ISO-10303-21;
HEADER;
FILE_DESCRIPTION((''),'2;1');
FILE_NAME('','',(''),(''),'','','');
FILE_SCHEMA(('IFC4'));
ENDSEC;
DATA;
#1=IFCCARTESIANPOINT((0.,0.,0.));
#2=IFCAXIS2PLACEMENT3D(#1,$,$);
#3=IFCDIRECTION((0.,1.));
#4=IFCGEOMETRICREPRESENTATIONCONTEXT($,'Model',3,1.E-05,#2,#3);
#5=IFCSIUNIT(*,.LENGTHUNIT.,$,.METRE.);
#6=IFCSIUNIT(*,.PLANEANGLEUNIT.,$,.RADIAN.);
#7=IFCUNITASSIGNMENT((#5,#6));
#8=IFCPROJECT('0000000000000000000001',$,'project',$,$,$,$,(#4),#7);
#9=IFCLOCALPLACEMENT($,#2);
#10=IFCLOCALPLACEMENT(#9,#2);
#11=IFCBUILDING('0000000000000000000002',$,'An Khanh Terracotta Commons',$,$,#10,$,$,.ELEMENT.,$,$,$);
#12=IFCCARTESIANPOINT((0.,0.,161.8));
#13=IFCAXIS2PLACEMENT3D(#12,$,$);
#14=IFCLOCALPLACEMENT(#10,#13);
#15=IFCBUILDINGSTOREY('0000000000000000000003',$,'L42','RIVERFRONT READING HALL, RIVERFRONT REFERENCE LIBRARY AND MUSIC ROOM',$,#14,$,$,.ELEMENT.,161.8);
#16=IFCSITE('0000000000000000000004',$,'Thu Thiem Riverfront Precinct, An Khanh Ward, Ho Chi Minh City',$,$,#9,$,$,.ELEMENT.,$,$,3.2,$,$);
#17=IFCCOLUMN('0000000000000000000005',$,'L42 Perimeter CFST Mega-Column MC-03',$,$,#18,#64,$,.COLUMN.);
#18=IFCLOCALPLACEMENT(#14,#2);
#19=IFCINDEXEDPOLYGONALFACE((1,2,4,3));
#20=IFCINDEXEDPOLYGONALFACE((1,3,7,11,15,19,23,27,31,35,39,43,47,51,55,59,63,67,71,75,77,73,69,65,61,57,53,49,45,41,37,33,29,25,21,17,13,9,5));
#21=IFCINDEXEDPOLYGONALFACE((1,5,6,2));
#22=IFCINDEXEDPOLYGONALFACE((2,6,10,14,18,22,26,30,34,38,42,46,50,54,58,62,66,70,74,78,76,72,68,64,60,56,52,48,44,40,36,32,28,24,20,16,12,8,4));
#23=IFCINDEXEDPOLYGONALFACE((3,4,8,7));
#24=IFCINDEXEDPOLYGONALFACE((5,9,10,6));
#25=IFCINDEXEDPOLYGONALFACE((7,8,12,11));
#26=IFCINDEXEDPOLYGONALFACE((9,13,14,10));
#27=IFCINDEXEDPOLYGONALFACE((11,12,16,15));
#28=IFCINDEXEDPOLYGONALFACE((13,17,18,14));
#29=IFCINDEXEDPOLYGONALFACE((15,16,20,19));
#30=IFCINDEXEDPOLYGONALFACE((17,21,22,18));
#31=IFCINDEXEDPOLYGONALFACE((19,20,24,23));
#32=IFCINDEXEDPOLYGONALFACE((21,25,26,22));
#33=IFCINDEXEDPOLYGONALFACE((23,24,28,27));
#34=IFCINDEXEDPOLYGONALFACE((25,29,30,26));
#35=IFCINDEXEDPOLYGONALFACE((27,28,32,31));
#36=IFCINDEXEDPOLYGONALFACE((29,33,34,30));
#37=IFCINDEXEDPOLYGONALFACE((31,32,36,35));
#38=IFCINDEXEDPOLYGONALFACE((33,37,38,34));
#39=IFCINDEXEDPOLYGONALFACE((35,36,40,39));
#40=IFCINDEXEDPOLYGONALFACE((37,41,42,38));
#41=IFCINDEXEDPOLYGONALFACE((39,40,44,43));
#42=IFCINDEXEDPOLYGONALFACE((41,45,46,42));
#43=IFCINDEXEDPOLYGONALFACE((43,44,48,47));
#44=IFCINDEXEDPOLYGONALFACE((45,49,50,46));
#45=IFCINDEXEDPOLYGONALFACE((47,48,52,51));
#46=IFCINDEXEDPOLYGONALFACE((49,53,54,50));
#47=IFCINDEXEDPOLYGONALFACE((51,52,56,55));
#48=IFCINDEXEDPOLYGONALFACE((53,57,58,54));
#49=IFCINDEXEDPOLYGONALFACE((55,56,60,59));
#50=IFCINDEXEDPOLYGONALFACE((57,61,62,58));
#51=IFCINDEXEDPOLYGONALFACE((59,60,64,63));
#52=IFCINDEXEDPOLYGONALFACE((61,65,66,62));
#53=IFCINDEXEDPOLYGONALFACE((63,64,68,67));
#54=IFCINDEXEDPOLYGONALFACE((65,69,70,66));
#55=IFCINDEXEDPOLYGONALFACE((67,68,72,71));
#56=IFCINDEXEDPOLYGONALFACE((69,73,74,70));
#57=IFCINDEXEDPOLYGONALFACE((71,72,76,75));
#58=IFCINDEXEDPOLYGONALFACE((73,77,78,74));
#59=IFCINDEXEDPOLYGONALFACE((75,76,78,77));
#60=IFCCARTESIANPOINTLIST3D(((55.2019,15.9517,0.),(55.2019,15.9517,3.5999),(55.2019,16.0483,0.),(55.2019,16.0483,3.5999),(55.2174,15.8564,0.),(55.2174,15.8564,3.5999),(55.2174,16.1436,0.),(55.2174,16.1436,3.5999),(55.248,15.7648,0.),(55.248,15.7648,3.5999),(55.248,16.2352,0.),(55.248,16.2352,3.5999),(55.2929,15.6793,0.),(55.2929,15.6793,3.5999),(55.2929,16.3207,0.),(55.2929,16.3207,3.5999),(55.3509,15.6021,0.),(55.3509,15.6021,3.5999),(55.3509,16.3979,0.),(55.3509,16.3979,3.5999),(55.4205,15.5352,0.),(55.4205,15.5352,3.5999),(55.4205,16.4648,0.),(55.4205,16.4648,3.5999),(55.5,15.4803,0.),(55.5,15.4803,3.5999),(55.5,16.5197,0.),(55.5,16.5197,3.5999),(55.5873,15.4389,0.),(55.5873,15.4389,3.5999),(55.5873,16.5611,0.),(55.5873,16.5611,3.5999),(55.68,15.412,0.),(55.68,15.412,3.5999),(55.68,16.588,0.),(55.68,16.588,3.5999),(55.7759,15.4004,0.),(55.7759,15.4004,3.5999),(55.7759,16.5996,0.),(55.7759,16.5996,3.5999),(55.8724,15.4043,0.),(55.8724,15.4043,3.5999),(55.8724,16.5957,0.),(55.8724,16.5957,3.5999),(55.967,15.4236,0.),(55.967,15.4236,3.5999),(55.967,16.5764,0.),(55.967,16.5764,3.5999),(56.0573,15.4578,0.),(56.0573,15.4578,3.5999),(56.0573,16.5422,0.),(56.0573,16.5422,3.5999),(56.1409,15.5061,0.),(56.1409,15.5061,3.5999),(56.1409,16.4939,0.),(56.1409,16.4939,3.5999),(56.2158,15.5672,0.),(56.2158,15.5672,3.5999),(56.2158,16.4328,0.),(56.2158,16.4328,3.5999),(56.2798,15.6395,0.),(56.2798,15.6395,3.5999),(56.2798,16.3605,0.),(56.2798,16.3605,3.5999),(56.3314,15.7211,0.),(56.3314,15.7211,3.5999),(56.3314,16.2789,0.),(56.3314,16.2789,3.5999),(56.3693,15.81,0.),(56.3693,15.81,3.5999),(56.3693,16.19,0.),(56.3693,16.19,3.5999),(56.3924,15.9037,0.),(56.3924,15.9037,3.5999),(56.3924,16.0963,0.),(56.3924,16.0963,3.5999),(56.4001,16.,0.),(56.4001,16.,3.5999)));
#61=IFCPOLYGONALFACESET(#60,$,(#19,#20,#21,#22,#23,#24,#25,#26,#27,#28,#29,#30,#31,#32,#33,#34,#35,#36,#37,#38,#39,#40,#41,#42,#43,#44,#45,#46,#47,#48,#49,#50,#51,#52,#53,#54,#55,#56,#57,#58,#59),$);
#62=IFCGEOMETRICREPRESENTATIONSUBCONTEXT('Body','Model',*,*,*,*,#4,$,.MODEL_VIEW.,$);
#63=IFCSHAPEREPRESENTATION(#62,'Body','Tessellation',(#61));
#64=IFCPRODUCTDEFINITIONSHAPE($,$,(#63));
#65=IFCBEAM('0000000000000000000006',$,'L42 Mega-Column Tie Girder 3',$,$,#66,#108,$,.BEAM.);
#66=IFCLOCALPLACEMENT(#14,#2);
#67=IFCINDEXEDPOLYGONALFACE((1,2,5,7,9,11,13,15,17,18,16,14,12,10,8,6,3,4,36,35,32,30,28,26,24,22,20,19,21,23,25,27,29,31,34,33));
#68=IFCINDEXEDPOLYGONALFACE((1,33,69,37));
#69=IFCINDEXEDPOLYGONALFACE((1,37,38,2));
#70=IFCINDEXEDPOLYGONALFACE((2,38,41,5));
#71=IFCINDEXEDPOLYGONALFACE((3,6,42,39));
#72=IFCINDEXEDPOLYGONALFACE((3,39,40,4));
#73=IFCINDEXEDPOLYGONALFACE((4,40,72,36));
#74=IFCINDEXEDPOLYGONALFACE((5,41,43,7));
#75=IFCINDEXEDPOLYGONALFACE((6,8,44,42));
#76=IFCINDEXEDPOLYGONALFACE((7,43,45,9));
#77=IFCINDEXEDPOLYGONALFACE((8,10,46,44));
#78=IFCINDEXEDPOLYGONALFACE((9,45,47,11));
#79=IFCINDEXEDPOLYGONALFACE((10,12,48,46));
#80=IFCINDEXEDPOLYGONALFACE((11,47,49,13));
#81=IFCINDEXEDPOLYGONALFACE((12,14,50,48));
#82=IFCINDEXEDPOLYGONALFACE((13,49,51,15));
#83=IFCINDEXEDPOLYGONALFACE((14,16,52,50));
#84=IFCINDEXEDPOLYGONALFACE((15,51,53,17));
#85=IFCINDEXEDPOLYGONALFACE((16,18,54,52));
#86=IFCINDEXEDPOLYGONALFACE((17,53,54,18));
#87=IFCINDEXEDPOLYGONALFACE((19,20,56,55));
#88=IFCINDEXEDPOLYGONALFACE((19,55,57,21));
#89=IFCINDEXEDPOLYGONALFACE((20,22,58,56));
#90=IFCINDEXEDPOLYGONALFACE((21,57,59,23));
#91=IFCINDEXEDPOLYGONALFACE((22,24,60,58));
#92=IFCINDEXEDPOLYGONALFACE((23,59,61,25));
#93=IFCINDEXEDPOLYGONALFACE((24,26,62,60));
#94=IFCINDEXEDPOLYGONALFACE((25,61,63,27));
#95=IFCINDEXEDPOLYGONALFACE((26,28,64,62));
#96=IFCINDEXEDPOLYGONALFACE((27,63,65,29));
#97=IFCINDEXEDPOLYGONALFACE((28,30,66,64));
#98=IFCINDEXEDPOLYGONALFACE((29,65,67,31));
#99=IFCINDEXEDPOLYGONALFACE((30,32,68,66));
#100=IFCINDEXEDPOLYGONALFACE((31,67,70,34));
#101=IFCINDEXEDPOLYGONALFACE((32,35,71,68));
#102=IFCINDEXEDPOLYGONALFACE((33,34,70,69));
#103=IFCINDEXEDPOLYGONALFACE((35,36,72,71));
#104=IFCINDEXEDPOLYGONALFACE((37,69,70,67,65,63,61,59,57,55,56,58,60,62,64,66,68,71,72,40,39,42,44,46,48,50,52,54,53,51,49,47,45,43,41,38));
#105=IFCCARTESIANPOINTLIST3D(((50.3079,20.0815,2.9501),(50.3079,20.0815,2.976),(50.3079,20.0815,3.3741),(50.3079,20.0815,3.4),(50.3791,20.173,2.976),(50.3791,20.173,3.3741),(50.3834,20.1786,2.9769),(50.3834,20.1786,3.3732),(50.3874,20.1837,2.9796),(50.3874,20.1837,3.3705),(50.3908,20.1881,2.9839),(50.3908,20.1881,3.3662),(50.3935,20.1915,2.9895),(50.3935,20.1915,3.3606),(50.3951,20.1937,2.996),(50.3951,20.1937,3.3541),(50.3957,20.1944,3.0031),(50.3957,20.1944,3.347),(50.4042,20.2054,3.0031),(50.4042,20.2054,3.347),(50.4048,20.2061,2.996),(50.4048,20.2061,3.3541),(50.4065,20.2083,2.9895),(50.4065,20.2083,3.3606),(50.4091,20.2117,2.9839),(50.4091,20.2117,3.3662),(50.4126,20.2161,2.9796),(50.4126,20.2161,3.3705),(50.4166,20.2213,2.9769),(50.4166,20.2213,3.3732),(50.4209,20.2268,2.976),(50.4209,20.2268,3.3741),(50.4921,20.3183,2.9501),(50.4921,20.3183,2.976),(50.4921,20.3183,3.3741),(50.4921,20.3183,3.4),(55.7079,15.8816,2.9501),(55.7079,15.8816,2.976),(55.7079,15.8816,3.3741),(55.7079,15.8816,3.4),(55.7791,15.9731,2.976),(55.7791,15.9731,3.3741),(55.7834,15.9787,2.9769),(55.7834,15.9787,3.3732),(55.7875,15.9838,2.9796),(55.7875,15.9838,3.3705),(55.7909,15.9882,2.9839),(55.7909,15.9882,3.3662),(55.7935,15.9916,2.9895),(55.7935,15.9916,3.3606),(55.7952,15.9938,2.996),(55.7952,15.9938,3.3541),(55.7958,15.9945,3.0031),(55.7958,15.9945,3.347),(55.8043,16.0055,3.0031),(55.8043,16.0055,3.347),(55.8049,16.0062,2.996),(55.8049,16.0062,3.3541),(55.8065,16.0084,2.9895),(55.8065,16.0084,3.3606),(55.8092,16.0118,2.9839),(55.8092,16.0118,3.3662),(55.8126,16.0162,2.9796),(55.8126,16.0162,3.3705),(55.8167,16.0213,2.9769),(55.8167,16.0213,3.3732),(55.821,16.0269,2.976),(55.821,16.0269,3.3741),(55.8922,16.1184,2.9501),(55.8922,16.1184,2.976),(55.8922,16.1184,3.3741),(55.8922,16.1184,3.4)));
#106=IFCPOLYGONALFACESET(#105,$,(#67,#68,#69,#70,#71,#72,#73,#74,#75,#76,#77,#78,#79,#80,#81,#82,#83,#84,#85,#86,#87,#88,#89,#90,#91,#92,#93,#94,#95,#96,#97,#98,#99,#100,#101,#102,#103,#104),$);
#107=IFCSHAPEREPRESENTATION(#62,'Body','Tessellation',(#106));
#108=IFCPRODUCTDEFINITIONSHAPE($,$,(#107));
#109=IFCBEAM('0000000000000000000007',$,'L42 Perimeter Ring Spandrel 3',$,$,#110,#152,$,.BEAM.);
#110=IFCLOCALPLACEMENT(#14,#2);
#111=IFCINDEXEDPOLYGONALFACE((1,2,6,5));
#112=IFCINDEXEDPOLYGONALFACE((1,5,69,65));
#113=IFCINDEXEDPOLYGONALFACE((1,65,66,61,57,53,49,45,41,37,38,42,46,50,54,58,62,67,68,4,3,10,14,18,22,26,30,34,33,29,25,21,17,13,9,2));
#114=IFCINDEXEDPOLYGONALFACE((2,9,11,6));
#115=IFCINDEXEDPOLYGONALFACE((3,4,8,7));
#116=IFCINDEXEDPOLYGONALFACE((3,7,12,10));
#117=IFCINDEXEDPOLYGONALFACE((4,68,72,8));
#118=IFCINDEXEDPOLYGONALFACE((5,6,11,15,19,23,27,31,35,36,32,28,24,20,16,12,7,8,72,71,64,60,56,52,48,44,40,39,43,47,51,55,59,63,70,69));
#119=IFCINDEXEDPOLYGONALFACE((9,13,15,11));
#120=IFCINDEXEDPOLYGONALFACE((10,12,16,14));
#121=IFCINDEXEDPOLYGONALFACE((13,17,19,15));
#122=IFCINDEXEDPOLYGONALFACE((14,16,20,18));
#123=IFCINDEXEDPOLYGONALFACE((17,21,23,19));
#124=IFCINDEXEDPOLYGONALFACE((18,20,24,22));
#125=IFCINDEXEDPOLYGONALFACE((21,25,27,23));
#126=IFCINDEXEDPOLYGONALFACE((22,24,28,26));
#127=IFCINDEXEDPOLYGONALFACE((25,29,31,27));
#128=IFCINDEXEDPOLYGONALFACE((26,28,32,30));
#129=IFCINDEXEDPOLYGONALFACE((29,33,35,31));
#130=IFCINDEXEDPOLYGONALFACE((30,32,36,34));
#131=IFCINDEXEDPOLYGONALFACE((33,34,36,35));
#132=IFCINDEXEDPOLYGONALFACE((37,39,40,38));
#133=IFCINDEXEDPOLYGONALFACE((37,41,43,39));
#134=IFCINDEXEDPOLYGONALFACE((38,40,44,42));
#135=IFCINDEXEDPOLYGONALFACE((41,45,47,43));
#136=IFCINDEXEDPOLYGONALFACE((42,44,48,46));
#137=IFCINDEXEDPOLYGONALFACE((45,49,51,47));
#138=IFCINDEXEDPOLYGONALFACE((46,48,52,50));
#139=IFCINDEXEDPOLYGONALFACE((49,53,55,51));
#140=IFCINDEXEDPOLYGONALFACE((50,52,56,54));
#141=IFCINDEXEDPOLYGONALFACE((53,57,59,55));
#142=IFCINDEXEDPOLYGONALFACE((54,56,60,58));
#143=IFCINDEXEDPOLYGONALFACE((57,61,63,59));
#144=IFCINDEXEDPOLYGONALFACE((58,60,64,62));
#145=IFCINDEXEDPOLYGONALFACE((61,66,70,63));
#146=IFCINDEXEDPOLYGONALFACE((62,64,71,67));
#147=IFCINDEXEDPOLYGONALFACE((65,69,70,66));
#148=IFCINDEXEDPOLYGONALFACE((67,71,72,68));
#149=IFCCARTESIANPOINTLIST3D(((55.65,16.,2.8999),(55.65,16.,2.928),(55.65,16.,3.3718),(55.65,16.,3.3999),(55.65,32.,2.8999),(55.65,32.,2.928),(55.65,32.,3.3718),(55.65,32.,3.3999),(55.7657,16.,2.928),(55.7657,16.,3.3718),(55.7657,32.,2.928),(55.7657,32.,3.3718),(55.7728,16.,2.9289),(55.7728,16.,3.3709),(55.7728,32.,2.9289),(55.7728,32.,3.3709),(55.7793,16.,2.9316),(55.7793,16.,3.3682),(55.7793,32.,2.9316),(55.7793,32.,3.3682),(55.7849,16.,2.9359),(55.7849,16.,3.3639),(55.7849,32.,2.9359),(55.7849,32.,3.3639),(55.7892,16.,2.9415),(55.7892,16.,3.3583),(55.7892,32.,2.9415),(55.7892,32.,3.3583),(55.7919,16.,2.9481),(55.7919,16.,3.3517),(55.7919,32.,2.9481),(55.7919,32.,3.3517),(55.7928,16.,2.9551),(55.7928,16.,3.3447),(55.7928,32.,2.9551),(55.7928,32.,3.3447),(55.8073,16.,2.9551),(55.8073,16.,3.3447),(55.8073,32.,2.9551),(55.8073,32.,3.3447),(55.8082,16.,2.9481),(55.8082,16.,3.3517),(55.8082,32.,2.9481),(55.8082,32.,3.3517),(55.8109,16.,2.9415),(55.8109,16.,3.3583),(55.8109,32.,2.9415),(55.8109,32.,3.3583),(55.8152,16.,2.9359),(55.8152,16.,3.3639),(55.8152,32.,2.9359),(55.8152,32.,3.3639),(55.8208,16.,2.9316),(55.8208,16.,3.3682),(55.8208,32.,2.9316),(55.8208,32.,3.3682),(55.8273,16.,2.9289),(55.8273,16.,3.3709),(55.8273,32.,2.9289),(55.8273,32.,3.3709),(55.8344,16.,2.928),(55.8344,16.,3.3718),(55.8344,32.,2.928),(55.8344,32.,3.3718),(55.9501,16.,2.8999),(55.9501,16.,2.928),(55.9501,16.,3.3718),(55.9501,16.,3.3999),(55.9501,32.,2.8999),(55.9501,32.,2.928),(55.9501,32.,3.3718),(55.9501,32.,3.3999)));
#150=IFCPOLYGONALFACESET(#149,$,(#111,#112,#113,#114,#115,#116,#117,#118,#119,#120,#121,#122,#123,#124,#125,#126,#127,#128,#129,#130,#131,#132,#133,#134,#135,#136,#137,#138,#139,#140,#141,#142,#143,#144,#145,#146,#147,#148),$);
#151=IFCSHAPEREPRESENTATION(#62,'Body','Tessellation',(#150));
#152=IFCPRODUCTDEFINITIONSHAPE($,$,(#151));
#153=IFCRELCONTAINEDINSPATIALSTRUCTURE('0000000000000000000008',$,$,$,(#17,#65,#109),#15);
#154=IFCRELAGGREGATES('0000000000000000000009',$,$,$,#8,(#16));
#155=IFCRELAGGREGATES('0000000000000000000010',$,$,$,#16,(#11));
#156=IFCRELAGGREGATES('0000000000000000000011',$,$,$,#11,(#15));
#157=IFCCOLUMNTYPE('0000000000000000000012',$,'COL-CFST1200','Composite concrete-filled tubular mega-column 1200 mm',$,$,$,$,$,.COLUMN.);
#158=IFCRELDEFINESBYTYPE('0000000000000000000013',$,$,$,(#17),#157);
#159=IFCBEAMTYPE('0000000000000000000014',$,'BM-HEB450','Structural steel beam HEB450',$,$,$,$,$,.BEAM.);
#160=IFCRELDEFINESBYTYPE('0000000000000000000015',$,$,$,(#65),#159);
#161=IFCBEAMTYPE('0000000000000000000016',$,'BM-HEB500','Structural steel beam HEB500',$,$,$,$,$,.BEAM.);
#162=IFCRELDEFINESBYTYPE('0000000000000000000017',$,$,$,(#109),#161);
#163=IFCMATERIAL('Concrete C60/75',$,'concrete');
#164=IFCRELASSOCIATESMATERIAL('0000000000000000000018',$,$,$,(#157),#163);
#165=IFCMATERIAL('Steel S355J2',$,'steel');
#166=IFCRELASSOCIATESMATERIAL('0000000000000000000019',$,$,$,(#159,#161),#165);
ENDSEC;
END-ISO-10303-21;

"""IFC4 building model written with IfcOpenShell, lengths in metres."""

from ifc_helpers import new_model, si_unit, direction, frame, origin, origin_2d, place, context, subcontext, project, spatial, circle, i_section, extrude, material, material_profile, profile_set, type_object, element, save


model = new_model("IFC4")

# Units and contexts
model_context = context("Model", 3, precision=1e-05, world=origin(), true_north=direction((0.0, 1.0)))
body_context = subcontext(model_context, "Body", "Model", "MODEL_VIEW")
ifc_project = project(units=[si_unit("LENGTHUNIT", "METRE"), si_unit("PLANEANGLEUNIT", "RADIAN")], contexts=[model_context])

# Site, building, storey
site_placement = place(None, origin())
site = spatial("IfcSite", under=ifc_project, at=site_placement, Name="Thu Thiem Riverfront Precinct, An Khanh Ward, Ho Chi Minh City", CompositionType="ELEMENT", RefElevation=3.2)
building_placement = place(site_placement, origin())
building = spatial("IfcBuilding", under=site, at=building_placement, Name="An Khanh Terracotta Commons", CompositionType="ELEMENT")
storey_placement = place(building_placement, frame((0.0, 0.0, 161.8)))
storey = spatial("IfcBuildingStorey", under=building, at=storey_placement, Name="L42", Description="RIVERFRONT READING HALL, RIVERFRONT REFERENCE LIBRARY AND MUSIC ROOM", CompositionType="ELEMENT", Elevation=161.8)

# Column
ifc_material_1 = material(Name="Concrete C60/75", Category="concrete")
ifc_material_profile_1 = material_profile(ifc_material_1, circle(Radius=0.6001, at=origin_2d()), Name="CFST1200")
ifc_profile_set_1 = profile_set([ifc_material_profile_1], Name="Concrete C60/75")
column_type = type_object("IfcColumnType", Name="COL-CFST1200", Description="Composite concrete-filled tubular mega-column 1200 mm", PredefinedType="COLUMN", material=ifc_profile_set_1)
column_placement = place(storey_placement, frame((55.8, 16.0, 0.0), z_axis=(0.0, 0.0, 1.0), x_axis=(1.0, 0.0, 0.0)))
element("IfcColumn", 1, at=column_placement, inside=storey, type_object=column_type, Name="L42 Perimeter CFST Mega-Column MC-03", PredefinedType="COLUMN", context=body_context, shape_type="SweptSolid", body=[
    extrude(circle(Radius=0.6001, at=origin_2d()), origin(), (0.0, 0.0, 1.0), 3.5999),
])

# Beams
ifc_material_2 = material(Name="Steel S355J2", Category="steel")
ifc_material_profile_2 = material_profile(ifc_material_2, i_section(OverallWidth=0.3, OverallDepth=0.45, WebThickness=0.0139, FlangeThickness=0.0259, FilletRadius=0.0271, at=origin_2d()), Name="HEB450")
ifc_profile_set_2 = profile_set([ifc_material_profile_2], Name="Steel S355J2")
beam_type_1 = type_object("IfcBeamType", Name="BM-HEB450", Description="Structural steel beam HEB450", PredefinedType="BEAM", material=ifc_profile_set_2)
beam_1_placement = place(storey_placement, frame((55.8, 16.0, 3.175), z_axis=(-0.789364, 0.613926, 0.0), x_axis=(-0.613926, -0.789364, 0.0)))
element("IfcBeam", 2, at=beam_1_placement, inside=storey, type_object=beam_type_1, Name="L42 Mega-Column Tie Girder 3", PredefinedType="BEAM", context=body_context, shape_type="SweptSolid", body=[
    extrude(i_section(OverallWidth=0.3, OverallDepth=0.45, WebThickness=0.0139, FlangeThickness=0.0259, FilletRadius=0.0271, at=origin_2d()), origin(), (0.0, 0.0, 1.0), 6.8411),
])
ifc_material_profile_3 = material_profile(ifc_material_2, i_section(OverallWidth=0.3, OverallDepth=0.5, WebThickness=0.0144, FlangeThickness=0.0281, FilletRadius=0.0271, at=origin_2d()), Name="HEB500")
ifc_profile_set_3 = profile_set([ifc_material_profile_3], Name="Steel S355J2")
beam_type_2 = type_object("IfcBeamType", Name="BM-HEB500", Description="Structural steel beam HEB500", PredefinedType="BEAM", material=ifc_profile_set_3)
beam_2_placement = place(storey_placement, frame((55.8, 16.0, 3.1499), z_axis=(0.0, 1.0, 0.0), x_axis=(-1.0, 0.0, 0.0)))
element("IfcBeam", 3, at=beam_2_placement, inside=storey, type_object=beam_type_2, Name="L42 Perimeter Ring Spandrel 3", PredefinedType="BEAM", context=body_context, shape_type="SweptSolid", body=[
    extrude(i_section(OverallWidth=0.3, OverallDepth=0.5, WebThickness=0.0144, FlangeThickness=0.0281, FilletRadius=0.0271, at=origin_2d()), origin(), (0.0, 0.0, 1.0), 16.0),
])

save(model, "model.ifc")
